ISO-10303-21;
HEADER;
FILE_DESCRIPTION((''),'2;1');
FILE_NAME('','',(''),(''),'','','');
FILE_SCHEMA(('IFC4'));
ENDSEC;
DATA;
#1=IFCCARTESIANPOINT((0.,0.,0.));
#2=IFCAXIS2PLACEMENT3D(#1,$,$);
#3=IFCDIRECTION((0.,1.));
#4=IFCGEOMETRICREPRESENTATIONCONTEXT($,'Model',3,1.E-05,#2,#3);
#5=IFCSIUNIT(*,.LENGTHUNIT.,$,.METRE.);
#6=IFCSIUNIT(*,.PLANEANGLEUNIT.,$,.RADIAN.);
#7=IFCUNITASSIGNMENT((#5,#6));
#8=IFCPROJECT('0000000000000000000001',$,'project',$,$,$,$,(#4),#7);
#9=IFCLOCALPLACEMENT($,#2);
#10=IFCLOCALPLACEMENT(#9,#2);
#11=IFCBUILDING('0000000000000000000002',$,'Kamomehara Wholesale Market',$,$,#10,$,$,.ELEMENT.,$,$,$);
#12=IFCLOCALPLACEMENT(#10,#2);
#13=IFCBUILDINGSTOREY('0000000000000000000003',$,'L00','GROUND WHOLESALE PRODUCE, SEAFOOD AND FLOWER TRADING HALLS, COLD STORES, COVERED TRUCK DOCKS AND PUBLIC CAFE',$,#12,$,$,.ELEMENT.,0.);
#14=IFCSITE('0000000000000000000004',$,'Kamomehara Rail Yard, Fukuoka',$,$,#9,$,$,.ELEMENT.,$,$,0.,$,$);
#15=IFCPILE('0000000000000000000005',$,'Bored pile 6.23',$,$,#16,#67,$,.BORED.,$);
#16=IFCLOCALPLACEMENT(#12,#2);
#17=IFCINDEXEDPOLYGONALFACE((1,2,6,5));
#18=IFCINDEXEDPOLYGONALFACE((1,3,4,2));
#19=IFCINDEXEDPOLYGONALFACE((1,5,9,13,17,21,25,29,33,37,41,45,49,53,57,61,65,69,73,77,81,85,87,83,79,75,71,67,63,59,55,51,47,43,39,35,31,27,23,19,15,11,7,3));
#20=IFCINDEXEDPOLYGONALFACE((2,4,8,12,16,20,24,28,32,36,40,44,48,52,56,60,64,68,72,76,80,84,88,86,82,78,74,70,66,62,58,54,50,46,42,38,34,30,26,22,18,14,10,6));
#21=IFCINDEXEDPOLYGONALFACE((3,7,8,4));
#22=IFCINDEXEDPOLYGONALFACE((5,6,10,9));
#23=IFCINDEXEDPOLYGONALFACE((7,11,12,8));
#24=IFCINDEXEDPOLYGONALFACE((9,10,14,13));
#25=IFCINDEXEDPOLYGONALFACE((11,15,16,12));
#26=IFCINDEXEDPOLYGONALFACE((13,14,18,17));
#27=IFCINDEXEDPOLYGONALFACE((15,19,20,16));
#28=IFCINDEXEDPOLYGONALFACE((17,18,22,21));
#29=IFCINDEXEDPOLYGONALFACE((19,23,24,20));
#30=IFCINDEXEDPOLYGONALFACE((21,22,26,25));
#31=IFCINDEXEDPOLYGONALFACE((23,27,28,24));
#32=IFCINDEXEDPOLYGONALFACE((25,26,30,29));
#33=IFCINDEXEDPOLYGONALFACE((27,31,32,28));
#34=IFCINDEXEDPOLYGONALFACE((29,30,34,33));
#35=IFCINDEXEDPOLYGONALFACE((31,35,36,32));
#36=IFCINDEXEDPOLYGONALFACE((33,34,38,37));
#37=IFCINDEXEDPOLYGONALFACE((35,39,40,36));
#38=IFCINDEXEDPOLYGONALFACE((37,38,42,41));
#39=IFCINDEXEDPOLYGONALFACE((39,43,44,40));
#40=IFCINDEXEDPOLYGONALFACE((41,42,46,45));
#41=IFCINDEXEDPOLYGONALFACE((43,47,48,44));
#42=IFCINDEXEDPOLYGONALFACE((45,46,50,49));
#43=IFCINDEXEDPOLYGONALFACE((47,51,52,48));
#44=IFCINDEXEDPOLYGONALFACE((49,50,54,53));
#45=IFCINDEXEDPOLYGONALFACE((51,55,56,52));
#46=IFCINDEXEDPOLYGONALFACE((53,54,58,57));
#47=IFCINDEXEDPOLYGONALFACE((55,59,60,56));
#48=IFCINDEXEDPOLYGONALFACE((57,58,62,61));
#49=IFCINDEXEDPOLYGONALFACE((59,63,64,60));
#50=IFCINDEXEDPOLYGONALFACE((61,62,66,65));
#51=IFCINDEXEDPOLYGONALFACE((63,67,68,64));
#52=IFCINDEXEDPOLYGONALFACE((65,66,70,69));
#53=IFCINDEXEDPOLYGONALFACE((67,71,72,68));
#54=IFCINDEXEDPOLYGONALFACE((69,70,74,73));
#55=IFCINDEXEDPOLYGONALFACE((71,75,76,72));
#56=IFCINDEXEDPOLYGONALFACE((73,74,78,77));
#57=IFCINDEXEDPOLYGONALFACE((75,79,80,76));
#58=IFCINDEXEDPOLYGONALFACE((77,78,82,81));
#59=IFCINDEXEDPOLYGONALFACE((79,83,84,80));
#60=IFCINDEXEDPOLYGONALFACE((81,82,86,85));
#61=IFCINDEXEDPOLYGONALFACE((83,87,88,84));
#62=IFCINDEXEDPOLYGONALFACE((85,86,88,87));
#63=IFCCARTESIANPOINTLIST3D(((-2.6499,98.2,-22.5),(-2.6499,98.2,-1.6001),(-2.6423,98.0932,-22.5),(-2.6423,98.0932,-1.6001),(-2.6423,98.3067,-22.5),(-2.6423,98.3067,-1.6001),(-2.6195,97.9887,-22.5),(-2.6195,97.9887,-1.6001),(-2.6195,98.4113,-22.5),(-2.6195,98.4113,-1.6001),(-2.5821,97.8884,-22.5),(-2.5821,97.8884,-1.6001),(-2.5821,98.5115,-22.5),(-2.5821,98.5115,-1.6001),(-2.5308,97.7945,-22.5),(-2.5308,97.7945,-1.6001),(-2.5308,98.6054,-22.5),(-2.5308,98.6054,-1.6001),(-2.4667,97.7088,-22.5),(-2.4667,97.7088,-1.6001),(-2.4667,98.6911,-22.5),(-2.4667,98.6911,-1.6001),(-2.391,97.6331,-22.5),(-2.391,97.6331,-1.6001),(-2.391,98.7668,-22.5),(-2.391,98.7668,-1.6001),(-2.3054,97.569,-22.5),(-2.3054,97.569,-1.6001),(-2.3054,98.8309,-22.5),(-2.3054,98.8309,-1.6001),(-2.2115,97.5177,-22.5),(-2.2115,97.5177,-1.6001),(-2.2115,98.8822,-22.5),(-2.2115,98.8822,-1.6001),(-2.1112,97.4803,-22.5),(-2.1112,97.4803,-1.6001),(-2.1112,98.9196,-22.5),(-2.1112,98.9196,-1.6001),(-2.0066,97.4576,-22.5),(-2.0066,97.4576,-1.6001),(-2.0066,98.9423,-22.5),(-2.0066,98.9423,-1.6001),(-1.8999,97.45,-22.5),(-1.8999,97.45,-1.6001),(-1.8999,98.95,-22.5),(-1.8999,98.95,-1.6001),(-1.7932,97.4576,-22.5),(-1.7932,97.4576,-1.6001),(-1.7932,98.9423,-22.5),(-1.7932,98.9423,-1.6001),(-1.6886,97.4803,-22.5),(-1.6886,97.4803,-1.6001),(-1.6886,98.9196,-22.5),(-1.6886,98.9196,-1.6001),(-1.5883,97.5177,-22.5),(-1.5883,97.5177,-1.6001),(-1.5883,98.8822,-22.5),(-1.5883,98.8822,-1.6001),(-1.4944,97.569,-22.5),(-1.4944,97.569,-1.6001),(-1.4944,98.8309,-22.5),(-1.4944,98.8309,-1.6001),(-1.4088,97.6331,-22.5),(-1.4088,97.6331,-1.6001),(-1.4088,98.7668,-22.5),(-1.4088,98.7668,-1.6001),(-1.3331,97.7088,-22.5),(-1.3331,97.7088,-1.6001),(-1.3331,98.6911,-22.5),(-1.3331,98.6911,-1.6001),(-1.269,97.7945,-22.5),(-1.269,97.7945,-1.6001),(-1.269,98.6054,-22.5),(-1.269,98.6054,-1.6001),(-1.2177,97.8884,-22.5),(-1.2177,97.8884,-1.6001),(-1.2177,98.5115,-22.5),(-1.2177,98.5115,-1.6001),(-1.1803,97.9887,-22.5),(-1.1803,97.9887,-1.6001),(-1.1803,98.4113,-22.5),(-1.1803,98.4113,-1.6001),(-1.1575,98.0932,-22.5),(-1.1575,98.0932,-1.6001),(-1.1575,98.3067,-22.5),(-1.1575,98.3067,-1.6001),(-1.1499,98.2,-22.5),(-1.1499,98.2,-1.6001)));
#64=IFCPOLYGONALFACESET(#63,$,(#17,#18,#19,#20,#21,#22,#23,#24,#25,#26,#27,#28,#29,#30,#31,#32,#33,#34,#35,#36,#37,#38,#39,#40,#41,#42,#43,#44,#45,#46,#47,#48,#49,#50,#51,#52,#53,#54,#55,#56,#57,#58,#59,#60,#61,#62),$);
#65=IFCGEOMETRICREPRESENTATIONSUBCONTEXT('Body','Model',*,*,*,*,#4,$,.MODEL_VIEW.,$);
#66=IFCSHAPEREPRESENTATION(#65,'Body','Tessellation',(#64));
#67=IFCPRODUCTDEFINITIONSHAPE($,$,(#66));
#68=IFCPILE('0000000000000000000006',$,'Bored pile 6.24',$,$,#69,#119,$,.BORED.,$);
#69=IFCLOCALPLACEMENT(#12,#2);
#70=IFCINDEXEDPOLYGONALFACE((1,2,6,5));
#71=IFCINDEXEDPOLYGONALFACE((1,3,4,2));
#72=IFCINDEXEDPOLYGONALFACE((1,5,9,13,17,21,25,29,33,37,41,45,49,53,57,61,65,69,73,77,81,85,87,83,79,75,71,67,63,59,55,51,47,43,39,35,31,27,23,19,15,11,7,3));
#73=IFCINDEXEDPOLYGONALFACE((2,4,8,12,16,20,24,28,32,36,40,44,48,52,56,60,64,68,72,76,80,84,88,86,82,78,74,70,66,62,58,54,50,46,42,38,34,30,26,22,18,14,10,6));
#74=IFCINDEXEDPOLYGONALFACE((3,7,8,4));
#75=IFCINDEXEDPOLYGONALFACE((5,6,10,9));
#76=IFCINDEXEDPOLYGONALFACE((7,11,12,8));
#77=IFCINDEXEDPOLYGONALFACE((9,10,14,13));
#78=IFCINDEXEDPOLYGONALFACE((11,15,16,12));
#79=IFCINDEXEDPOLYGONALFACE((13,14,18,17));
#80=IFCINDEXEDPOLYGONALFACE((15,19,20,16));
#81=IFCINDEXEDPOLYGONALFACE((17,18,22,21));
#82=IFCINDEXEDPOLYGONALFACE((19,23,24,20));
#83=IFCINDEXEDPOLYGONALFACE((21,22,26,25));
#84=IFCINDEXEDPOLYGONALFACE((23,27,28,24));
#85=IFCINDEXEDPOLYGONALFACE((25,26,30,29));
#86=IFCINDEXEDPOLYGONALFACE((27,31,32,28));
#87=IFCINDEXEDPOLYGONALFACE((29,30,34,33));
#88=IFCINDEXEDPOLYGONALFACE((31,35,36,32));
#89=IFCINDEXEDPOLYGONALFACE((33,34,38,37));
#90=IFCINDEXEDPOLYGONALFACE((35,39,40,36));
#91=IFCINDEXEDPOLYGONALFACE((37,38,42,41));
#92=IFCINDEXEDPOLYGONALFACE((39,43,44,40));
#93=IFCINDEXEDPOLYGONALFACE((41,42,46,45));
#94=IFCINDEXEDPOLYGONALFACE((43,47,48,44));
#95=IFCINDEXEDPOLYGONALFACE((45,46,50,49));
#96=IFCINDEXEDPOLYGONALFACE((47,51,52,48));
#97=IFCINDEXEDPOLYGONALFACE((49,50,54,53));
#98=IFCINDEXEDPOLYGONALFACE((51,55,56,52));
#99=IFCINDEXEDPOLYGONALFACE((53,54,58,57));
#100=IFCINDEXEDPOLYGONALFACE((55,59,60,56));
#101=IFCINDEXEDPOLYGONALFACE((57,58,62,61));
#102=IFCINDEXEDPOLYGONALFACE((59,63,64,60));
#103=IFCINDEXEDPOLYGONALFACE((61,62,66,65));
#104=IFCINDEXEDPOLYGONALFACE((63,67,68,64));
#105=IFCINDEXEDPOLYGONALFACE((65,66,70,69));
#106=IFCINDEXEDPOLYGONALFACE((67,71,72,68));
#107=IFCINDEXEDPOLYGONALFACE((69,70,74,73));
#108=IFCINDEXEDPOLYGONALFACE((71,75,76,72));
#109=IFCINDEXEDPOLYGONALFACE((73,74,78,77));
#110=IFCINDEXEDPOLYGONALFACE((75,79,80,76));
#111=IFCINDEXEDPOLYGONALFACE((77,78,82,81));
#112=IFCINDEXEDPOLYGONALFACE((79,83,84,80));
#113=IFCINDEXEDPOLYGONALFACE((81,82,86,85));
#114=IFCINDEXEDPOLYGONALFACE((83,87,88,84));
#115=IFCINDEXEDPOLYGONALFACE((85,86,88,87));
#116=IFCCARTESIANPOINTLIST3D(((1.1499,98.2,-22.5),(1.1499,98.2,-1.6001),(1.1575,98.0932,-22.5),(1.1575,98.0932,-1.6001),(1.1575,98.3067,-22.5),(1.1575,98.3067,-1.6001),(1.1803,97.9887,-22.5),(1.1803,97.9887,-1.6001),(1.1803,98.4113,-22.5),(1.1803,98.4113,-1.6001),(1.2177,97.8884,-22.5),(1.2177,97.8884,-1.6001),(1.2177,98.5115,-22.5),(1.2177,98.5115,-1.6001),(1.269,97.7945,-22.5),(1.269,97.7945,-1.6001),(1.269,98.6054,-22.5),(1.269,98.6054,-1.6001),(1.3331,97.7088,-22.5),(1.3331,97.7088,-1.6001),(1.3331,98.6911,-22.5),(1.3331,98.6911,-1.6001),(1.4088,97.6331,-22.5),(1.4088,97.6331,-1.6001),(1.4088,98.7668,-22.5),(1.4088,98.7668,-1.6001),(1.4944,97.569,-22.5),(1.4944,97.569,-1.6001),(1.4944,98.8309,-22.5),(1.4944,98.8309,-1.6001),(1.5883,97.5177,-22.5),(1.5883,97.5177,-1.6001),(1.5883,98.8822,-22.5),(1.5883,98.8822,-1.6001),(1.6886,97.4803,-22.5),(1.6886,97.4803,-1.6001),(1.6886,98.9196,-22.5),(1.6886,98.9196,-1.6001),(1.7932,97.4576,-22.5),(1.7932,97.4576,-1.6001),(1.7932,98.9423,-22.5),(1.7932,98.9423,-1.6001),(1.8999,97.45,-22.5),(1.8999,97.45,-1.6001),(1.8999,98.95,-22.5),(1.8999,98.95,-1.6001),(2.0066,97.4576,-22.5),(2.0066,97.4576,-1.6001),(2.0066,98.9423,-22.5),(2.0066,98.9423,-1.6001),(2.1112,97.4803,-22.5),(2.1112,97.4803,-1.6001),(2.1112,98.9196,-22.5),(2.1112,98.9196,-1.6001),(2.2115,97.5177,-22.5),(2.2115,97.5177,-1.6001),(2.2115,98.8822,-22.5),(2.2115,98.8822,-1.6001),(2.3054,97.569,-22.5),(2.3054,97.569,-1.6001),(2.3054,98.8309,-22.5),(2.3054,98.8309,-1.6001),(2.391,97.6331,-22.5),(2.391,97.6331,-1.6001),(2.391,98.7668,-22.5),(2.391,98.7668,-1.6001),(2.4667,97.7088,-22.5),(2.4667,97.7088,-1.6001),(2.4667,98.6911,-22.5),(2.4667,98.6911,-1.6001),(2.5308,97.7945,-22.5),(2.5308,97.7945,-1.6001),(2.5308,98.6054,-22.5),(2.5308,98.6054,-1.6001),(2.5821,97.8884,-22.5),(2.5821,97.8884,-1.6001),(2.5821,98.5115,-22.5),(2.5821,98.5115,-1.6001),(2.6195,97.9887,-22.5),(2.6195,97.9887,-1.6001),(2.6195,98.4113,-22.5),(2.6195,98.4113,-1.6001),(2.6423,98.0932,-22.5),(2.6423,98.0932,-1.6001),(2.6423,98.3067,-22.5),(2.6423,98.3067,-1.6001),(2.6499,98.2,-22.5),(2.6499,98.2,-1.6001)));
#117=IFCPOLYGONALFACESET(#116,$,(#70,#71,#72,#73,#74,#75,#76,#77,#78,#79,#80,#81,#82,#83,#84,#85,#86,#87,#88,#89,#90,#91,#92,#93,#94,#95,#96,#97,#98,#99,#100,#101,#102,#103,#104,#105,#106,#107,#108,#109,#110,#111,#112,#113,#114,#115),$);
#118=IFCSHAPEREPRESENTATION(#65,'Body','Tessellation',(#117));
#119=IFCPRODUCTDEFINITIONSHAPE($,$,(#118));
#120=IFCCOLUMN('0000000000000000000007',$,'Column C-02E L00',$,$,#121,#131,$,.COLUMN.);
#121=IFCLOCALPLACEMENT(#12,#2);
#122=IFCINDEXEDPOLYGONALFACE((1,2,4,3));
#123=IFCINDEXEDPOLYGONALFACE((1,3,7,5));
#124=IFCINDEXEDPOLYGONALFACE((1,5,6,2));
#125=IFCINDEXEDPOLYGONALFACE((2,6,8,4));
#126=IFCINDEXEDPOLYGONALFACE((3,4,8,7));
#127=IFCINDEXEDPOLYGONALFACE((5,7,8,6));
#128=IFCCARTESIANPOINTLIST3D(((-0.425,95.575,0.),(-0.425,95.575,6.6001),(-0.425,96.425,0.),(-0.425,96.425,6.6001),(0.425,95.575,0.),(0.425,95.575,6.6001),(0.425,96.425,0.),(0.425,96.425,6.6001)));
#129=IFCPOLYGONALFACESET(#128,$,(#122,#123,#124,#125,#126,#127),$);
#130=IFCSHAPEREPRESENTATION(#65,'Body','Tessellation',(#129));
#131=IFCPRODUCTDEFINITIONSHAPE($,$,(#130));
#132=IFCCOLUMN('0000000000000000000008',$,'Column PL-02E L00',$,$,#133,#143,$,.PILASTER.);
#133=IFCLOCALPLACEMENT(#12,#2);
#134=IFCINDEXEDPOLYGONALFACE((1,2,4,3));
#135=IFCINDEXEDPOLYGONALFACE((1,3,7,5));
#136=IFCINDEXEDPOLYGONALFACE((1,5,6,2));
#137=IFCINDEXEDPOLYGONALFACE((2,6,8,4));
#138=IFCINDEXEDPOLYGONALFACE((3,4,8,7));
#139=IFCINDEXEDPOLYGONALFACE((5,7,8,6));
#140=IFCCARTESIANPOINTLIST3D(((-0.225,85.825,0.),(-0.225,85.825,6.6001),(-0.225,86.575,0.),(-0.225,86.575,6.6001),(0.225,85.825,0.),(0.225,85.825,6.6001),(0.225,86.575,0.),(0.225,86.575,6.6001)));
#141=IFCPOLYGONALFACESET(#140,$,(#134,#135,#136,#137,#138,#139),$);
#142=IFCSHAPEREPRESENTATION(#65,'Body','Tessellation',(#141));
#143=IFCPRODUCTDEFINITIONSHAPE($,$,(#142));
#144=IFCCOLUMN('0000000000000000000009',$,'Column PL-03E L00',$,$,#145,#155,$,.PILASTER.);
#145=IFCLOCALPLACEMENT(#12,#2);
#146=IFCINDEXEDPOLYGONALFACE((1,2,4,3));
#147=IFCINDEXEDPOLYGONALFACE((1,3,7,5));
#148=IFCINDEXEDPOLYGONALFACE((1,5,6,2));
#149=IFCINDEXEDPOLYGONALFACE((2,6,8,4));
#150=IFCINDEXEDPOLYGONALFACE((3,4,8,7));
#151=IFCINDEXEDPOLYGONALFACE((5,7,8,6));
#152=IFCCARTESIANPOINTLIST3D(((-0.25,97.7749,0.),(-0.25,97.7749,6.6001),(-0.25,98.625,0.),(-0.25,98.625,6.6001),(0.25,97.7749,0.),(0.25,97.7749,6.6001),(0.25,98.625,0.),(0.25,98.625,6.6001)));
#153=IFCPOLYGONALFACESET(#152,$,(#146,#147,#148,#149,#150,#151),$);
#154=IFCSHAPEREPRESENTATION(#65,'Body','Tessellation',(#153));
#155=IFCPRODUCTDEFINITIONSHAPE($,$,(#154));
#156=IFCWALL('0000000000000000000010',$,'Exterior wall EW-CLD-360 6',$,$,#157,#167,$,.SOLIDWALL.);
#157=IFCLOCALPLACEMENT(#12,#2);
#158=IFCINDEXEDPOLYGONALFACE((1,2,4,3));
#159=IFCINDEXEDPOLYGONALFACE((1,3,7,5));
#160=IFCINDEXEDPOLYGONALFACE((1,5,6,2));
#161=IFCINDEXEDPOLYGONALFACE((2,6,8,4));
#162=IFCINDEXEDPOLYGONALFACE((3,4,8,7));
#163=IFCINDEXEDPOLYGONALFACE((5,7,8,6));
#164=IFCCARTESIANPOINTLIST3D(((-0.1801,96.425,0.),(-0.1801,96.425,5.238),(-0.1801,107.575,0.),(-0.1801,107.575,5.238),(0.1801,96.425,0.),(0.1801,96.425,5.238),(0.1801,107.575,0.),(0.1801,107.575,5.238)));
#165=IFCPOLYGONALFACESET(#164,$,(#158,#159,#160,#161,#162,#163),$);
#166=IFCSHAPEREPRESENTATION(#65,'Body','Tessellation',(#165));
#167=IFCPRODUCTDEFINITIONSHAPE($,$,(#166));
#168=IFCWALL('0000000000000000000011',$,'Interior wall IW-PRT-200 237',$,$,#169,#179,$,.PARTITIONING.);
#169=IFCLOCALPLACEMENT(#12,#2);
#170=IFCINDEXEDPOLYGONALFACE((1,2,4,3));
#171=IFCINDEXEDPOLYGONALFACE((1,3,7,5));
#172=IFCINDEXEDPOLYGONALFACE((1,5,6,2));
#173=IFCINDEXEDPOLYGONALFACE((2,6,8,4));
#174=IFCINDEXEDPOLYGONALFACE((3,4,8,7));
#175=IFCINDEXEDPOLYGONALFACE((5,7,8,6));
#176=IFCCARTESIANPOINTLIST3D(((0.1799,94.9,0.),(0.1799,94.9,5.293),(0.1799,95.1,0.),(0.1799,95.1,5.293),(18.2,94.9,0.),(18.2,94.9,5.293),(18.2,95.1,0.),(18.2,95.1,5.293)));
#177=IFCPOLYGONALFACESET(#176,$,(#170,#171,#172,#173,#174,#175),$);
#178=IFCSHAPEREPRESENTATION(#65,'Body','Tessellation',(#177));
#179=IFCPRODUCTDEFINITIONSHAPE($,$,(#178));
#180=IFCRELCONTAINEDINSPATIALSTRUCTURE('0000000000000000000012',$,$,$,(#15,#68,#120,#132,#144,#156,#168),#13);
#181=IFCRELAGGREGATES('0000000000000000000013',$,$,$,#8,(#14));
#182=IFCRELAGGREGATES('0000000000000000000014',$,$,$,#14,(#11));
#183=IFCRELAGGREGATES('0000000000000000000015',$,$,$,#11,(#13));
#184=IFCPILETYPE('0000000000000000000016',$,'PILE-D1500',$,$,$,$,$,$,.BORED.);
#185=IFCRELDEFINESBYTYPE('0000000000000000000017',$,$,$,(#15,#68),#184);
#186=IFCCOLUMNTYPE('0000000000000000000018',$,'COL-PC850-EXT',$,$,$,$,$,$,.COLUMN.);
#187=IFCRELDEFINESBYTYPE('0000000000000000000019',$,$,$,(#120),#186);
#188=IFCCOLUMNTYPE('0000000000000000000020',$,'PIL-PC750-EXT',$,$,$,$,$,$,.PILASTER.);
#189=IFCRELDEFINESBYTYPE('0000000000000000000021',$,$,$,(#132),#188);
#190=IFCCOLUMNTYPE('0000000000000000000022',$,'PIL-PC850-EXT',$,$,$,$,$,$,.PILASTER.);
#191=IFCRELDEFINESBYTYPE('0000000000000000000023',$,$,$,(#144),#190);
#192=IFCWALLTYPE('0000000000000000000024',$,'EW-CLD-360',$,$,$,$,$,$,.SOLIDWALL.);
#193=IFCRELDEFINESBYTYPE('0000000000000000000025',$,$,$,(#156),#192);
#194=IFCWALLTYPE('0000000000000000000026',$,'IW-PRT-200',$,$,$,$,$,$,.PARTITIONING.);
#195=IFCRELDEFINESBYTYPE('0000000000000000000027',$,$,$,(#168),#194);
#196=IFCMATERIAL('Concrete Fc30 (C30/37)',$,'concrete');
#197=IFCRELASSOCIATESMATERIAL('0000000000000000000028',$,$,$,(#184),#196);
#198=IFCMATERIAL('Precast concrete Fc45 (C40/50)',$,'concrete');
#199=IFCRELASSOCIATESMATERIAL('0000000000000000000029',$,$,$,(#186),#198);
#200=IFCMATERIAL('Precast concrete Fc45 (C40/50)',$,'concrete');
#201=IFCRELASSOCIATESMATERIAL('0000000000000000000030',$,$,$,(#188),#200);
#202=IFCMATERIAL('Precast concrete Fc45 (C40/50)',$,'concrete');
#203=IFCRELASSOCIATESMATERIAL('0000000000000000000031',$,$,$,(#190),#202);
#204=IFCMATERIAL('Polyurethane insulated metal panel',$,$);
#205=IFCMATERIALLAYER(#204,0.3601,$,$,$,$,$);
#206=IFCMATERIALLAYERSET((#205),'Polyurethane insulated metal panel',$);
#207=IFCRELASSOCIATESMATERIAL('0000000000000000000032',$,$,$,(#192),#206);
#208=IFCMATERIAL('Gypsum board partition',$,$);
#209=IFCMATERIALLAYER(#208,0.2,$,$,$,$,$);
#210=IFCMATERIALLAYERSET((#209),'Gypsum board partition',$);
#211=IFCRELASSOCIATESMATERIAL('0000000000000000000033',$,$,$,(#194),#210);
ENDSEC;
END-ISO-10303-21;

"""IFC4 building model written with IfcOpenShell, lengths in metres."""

from ifc_helpers import new_model, si_unit, direction, frame, frame_2d, origin, origin_2d, place, context, subcontext, project, spatial, rectangle, circle, extrude, material, layer, layer_set, material_profile, profile_set, type_object, element, save


model = new_model("IFC4")

# Units and contexts
model_context = context("Model", 3, precision=1e-05, world=origin(), true_north=direction((0.0, 1.0)))
body_context = subcontext(model_context, "Body", "Model", "MODEL_VIEW")
ifc_project = project(units=[si_unit("LENGTHUNIT", "METRE"), si_unit("PLANEANGLEUNIT", "RADIAN")], contexts=[model_context])

# Site, building, storey
site_placement = place(None, origin())
site = spatial("IfcSite", under=ifc_project, at=site_placement, Name="Kamomehara Rail Yard, Fukuoka", CompositionType="ELEMENT", RefElevation=0.0)
building_placement = place(site_placement, origin())
building = spatial("IfcBuilding", under=site, at=building_placement, Name="Kamomehara Wholesale Market", CompositionType="ELEMENT")
storey_placement = place(building_placement, origin())
storey = spatial("IfcBuildingStorey", under=building, at=storey_placement, Name="L00", Description="GROUND WHOLESALE PRODUCE, SEAFOOD AND FLOWER TRADING HALLS, COLD STORES, COVERED TRUCK DOCKS AND PUBLIC CAFE", CompositionType="ELEMENT", Elevation=0.0)

# Piles
ifc_material_1 = material(Name="Concrete Fc30 (C30/37)", Category="concrete")
ifc_material_profile_1 = material_profile(ifc_material_1, circle(Radius=0.75, at=origin_2d()), Name="RC-PILE-D1500")
ifc_profile_set_1 = profile_set([ifc_material_profile_1], Name="Concrete Fc30 (C30/37)")
pile_type = type_object("IfcPileType", Name="PILE-D1500", PredefinedType="BORED", material=ifc_profile_set_1)
for number, where, z_axis, x_axis, name in (
    (1, (-1.8999, 98.2, -1.6001), (0.0, 0.0, -1.0), (1.0, 0.0, 0.0), "Bored pile 6.23"),
    (2, (1.8999, 98.2, -1.6001), (0.0, 0.0, -1.0), (1.0, 0.0, 0.0), "Bored pile 6.24"),
):
    element("IfcPile", number, at=place(storey_placement, frame(where, z_axis=z_axis, x_axis=x_axis)), inside=storey, type_object=pile_type, Name=name, PredefinedType="BORED", context=body_context, shape_type="SweptSolid", body=[
        extrude(circle(Radius=0.75, at=origin_2d()), origin(), (0.0, 0.0, 1.0), 20.8999),
    ])

# Columns
ifc_material_2 = material(Name="Precast concrete Fc45 (C40/50)", Category="concrete")
ifc_material_profile_2 = material_profile(ifc_material_2, rectangle(XDim=0.8501, YDim=0.8501, at=origin_2d()), Name="PC-COL-850x850")
ifc_profile_set_2 = profile_set([ifc_material_profile_2], Name="Precast concrete Fc45 (C40/50)")
column_type_1 = type_object("IfcColumnType", Name="COL-PC850-EXT", PredefinedType="COLUMN", material=ifc_profile_set_2)
column_1_placement = place(storey_placement, frame((0.0, 96.0, 0.0), z_axis=(0.0, 0.0, 1.0), x_axis=(1.0, 0.0, 0.0)))
element("IfcColumn", 3, at=column_1_placement, inside=storey, type_object=column_type_1, Name="Column C-02E L00", PredefinedType="COLUMN", context=body_context, shape_type="SweptSolid", body=[
    extrude(rectangle(XDim=0.8501, YDim=0.8501, at=origin_2d()), origin(), (0.0, 0.0, 1.0), 6.6001),
])
ifc_material_3 = material(Name="Precast concrete Fc45 (C40/50)", Category="concrete")
ifc_material_profile_3 = material_profile(ifc_material_3, rectangle(XDim=0.45, YDim=0.75, at=origin_2d()), Name="PC-PIL-450x750")
ifc_profile_set_3 = profile_set([ifc_material_profile_3], Name="Precast concrete Fc45 (C40/50)")
column_type_2 = type_object("IfcColumnType", Name="PIL-PC750-EXT", PredefinedType="PILASTER", material=ifc_profile_set_3)
column_2_placement = place(storey_placement, frame((0.0, 86.2, 0.0), z_axis=(0.0, 0.0, 1.0), x_axis=(1.0, 0.0, 0.0)))
element("IfcColumn", 4, at=column_2_placement, inside=storey, type_object=column_type_2, Name="Column PL-02E L00", PredefinedType="PILASTER", context=body_context, shape_type="SweptSolid", body=[
    extrude(rectangle(XDim=0.45, YDim=0.75, at=origin_2d()), origin(), (0.0, 0.0, 1.0), 6.6001),
])
ifc_material_4 = material(Name="Precast concrete Fc45 (C40/50)", Category="concrete")
ifc_material_profile_4 = material_profile(ifc_material_4, rectangle(XDim=0.5, YDim=0.8501, at=origin_2d()), Name="PC-PIL-500x850")
ifc_profile_set_4 = profile_set([ifc_material_profile_4], Name="Precast concrete Fc45 (C40/50)")
column_type_3 = type_object("IfcColumnType", Name="PIL-PC850-EXT", PredefinedType="PILASTER", material=ifc_profile_set_4)
column_3_placement = place(storey_placement, frame((0.0, 98.2, 0.0), z_axis=(0.0, 0.0, 1.0), x_axis=(1.0, 0.0, 0.0)))
element("IfcColumn", 5, at=column_3_placement, inside=storey, type_object=column_type_3, Name="Column PL-03E L00", PredefinedType="PILASTER", context=body_context, shape_type="SweptSolid", body=[
    extrude(rectangle(XDim=0.5, YDim=0.8501, at=origin_2d()), origin(), (0.0, 0.0, 1.0), 6.6001),
])

# Walls
ifc_material_5 = material(Name="Polyurethane insulated metal panel")
ifc_layer_1 = layer(ifc_material_5, 0.3601)
ifc_layer_set_1 = layer_set([ifc_layer_1], Name="Polyurethane insulated metal panel")
wall_type_1 = type_object("IfcWallType", Name="EW-CLD-360", PredefinedType="SOLIDWALL", material=ifc_layer_set_1)
wall_1_placement = place(storey_placement, frame((0.0, 96.425, 0.0), z_axis=(0.0, 0.0, 1.0), x_axis=(0.0, 1.0, 0.0)))
element("IfcWall", 6, at=wall_1_placement, inside=storey, type_object=wall_type_1, Name="Exterior wall EW-CLD-360 6", PredefinedType="SOLIDWALL", context=body_context, shape_type="SweptSolid", body=[
    extrude(rectangle(XDim=11.1499, YDim=0.3601, at=frame_2d((5.575, 0.0))), origin(), (0.0, 0.0, 1.0), 5.238),
])
ifc_material_6 = material(Name="Gypsum board partition")
ifc_layer_2 = layer(ifc_material_6, 0.2)
ifc_layer_set_2 = layer_set([ifc_layer_2], Name="Gypsum board partition")
wall_type_2 = type_object("IfcWallType", Name="IW-PRT-200", PredefinedType="PARTITIONING", material=ifc_layer_set_2)
wall_2_placement = place(storey_placement, frame((0.1799, 95.0, 0.0), z_axis=(0.0, 0.0, 1.0), x_axis=(1.0, 0.0, 0.0)))
element("IfcWall", 7, at=wall_2_placement, inside=storey, type_object=wall_type_2, Name="Interior wall IW-PRT-200 237", PredefinedType="PARTITIONING", context=body_context, shape_type="SweptSolid", body=[
    extrude(rectangle(XDim=18.02, YDim=0.2, at=frame_2d((9.01, 0.0))), origin(), (0.0, 0.0, 1.0), 5.293),
])

save(model, "model.ifc")
